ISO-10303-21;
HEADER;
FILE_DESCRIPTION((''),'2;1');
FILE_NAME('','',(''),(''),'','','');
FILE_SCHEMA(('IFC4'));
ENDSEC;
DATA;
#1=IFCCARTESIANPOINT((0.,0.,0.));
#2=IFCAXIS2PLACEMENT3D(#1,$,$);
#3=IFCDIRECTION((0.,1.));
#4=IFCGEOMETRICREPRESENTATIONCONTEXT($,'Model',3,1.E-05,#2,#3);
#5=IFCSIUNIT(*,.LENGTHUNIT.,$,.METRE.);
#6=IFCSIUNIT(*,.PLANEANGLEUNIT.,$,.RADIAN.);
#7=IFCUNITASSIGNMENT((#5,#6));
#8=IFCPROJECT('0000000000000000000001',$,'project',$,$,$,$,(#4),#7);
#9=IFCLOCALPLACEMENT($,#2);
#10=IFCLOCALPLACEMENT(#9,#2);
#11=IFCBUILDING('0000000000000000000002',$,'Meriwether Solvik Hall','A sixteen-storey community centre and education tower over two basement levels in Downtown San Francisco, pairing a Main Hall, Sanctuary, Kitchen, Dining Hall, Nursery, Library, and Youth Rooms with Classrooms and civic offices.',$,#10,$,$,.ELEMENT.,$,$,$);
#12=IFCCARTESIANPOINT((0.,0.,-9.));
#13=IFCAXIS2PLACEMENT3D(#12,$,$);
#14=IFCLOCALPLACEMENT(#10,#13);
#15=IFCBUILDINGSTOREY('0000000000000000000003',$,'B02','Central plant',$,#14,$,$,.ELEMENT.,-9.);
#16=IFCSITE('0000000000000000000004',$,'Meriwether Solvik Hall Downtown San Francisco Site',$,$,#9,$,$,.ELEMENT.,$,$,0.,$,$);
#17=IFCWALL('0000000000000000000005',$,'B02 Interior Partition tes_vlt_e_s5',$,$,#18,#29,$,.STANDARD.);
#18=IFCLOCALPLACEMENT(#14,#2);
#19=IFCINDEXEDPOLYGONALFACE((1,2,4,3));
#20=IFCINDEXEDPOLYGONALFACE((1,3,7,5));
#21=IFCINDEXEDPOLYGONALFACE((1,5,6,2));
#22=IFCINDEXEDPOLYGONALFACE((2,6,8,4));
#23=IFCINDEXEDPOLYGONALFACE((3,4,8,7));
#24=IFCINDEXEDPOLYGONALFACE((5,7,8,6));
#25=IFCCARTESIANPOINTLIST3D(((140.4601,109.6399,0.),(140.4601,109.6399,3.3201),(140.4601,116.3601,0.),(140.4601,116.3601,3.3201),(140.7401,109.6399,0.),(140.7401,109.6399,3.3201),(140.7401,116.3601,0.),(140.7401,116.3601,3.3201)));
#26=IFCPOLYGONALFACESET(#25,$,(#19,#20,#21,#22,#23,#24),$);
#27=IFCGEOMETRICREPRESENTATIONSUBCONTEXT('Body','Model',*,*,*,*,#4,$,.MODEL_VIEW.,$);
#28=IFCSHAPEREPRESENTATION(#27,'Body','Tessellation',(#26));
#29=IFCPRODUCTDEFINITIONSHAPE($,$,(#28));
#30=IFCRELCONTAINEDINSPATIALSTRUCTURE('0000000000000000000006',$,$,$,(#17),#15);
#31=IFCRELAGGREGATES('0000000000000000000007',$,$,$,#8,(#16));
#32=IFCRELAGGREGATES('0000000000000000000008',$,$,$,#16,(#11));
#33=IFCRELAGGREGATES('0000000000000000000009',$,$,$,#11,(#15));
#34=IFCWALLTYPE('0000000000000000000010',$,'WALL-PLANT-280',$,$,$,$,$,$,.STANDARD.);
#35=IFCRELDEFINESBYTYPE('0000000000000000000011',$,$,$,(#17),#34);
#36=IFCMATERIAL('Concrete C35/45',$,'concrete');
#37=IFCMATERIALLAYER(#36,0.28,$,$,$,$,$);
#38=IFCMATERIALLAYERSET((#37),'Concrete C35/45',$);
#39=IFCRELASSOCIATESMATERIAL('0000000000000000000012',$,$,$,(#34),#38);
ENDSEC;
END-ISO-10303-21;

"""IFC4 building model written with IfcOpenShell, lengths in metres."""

from ifc_helpers import new_model, si_unit, direction, frame, frame_2d, origin, place, context, subcontext, project, spatial, rectangle, extrude, material, layer, layer_set, type_object, element, save


model = new_model("IFC4")

# Units and contexts
model_context = context("Model", 3, precision=1e-05, world=origin(), true_north=direction((0.0, 1.0)))
body_context = subcontext(model_context, "Body", "Model", "MODEL_VIEW")
ifc_project = project(units=[si_unit("LENGTHUNIT", "METRE"), si_unit("PLANEANGLEUNIT", "RADIAN")], contexts=[model_context])

# Site, building, storey
site_placement = place(None, origin())
site = spatial("IfcSite", under=ifc_project, at=site_placement, Name="Meriwether Solvik Hall Downtown San Francisco Site", CompositionType="ELEMENT", RefElevation=0.0)
building_placement = place(site_placement, origin())
building = spatial("IfcBuilding", under=site, at=building_placement, Name="Meriwether Solvik Hall", Description="A sixteen-storey community centre and education tower over two basement levels in Downtown San Francisco, pairing a Main Hall, Sanctuary, Kitchen, Dining Hall, Nursery, Library, and Youth Rooms with Classrooms and civic offices.", CompositionType="ELEMENT")
storey_placement = place(building_placement, frame((0.0, 0.0, -9.0)))
storey = spatial("IfcBuildingStorey", under=building, at=storey_placement, Name="B02", Description="Central plant", CompositionType="ELEMENT", Elevation=-9.0)

# Wall
ifc_material_1 = material(Name="Concrete C35/45", Category="concrete")
ifc_layer_1 = layer(ifc_material_1, 0.28)
ifc_layer_set_1 = layer_set([ifc_layer_1], Name="Concrete C35/45")
wall_type = type_object("IfcWallType", Name="WALL-PLANT-280", PredefinedType="STANDARD", material=ifc_layer_set_1)
wall_1_placement = place(storey_placement, frame((140.6001, 109.6399, 0.0), z_axis=(0.0, 0.0, 1.0), x_axis=(0.0, 1.0, 0.0)))
element("IfcWall", 1, at=wall_1_placement, inside=storey, type_object=wall_type, Name="B02 Interior Partition tes_vlt_e_s5", PredefinedType="STANDARD", context=body_context, shape_type="SweptSolid", body=[
    extrude(rectangle(XDim=6.7202, YDim=0.28, at=frame_2d((3.3601, 0.0))), origin(), (0.0, 0.0, 1.0), 3.3201),
])

save(model, "model.ifc")
